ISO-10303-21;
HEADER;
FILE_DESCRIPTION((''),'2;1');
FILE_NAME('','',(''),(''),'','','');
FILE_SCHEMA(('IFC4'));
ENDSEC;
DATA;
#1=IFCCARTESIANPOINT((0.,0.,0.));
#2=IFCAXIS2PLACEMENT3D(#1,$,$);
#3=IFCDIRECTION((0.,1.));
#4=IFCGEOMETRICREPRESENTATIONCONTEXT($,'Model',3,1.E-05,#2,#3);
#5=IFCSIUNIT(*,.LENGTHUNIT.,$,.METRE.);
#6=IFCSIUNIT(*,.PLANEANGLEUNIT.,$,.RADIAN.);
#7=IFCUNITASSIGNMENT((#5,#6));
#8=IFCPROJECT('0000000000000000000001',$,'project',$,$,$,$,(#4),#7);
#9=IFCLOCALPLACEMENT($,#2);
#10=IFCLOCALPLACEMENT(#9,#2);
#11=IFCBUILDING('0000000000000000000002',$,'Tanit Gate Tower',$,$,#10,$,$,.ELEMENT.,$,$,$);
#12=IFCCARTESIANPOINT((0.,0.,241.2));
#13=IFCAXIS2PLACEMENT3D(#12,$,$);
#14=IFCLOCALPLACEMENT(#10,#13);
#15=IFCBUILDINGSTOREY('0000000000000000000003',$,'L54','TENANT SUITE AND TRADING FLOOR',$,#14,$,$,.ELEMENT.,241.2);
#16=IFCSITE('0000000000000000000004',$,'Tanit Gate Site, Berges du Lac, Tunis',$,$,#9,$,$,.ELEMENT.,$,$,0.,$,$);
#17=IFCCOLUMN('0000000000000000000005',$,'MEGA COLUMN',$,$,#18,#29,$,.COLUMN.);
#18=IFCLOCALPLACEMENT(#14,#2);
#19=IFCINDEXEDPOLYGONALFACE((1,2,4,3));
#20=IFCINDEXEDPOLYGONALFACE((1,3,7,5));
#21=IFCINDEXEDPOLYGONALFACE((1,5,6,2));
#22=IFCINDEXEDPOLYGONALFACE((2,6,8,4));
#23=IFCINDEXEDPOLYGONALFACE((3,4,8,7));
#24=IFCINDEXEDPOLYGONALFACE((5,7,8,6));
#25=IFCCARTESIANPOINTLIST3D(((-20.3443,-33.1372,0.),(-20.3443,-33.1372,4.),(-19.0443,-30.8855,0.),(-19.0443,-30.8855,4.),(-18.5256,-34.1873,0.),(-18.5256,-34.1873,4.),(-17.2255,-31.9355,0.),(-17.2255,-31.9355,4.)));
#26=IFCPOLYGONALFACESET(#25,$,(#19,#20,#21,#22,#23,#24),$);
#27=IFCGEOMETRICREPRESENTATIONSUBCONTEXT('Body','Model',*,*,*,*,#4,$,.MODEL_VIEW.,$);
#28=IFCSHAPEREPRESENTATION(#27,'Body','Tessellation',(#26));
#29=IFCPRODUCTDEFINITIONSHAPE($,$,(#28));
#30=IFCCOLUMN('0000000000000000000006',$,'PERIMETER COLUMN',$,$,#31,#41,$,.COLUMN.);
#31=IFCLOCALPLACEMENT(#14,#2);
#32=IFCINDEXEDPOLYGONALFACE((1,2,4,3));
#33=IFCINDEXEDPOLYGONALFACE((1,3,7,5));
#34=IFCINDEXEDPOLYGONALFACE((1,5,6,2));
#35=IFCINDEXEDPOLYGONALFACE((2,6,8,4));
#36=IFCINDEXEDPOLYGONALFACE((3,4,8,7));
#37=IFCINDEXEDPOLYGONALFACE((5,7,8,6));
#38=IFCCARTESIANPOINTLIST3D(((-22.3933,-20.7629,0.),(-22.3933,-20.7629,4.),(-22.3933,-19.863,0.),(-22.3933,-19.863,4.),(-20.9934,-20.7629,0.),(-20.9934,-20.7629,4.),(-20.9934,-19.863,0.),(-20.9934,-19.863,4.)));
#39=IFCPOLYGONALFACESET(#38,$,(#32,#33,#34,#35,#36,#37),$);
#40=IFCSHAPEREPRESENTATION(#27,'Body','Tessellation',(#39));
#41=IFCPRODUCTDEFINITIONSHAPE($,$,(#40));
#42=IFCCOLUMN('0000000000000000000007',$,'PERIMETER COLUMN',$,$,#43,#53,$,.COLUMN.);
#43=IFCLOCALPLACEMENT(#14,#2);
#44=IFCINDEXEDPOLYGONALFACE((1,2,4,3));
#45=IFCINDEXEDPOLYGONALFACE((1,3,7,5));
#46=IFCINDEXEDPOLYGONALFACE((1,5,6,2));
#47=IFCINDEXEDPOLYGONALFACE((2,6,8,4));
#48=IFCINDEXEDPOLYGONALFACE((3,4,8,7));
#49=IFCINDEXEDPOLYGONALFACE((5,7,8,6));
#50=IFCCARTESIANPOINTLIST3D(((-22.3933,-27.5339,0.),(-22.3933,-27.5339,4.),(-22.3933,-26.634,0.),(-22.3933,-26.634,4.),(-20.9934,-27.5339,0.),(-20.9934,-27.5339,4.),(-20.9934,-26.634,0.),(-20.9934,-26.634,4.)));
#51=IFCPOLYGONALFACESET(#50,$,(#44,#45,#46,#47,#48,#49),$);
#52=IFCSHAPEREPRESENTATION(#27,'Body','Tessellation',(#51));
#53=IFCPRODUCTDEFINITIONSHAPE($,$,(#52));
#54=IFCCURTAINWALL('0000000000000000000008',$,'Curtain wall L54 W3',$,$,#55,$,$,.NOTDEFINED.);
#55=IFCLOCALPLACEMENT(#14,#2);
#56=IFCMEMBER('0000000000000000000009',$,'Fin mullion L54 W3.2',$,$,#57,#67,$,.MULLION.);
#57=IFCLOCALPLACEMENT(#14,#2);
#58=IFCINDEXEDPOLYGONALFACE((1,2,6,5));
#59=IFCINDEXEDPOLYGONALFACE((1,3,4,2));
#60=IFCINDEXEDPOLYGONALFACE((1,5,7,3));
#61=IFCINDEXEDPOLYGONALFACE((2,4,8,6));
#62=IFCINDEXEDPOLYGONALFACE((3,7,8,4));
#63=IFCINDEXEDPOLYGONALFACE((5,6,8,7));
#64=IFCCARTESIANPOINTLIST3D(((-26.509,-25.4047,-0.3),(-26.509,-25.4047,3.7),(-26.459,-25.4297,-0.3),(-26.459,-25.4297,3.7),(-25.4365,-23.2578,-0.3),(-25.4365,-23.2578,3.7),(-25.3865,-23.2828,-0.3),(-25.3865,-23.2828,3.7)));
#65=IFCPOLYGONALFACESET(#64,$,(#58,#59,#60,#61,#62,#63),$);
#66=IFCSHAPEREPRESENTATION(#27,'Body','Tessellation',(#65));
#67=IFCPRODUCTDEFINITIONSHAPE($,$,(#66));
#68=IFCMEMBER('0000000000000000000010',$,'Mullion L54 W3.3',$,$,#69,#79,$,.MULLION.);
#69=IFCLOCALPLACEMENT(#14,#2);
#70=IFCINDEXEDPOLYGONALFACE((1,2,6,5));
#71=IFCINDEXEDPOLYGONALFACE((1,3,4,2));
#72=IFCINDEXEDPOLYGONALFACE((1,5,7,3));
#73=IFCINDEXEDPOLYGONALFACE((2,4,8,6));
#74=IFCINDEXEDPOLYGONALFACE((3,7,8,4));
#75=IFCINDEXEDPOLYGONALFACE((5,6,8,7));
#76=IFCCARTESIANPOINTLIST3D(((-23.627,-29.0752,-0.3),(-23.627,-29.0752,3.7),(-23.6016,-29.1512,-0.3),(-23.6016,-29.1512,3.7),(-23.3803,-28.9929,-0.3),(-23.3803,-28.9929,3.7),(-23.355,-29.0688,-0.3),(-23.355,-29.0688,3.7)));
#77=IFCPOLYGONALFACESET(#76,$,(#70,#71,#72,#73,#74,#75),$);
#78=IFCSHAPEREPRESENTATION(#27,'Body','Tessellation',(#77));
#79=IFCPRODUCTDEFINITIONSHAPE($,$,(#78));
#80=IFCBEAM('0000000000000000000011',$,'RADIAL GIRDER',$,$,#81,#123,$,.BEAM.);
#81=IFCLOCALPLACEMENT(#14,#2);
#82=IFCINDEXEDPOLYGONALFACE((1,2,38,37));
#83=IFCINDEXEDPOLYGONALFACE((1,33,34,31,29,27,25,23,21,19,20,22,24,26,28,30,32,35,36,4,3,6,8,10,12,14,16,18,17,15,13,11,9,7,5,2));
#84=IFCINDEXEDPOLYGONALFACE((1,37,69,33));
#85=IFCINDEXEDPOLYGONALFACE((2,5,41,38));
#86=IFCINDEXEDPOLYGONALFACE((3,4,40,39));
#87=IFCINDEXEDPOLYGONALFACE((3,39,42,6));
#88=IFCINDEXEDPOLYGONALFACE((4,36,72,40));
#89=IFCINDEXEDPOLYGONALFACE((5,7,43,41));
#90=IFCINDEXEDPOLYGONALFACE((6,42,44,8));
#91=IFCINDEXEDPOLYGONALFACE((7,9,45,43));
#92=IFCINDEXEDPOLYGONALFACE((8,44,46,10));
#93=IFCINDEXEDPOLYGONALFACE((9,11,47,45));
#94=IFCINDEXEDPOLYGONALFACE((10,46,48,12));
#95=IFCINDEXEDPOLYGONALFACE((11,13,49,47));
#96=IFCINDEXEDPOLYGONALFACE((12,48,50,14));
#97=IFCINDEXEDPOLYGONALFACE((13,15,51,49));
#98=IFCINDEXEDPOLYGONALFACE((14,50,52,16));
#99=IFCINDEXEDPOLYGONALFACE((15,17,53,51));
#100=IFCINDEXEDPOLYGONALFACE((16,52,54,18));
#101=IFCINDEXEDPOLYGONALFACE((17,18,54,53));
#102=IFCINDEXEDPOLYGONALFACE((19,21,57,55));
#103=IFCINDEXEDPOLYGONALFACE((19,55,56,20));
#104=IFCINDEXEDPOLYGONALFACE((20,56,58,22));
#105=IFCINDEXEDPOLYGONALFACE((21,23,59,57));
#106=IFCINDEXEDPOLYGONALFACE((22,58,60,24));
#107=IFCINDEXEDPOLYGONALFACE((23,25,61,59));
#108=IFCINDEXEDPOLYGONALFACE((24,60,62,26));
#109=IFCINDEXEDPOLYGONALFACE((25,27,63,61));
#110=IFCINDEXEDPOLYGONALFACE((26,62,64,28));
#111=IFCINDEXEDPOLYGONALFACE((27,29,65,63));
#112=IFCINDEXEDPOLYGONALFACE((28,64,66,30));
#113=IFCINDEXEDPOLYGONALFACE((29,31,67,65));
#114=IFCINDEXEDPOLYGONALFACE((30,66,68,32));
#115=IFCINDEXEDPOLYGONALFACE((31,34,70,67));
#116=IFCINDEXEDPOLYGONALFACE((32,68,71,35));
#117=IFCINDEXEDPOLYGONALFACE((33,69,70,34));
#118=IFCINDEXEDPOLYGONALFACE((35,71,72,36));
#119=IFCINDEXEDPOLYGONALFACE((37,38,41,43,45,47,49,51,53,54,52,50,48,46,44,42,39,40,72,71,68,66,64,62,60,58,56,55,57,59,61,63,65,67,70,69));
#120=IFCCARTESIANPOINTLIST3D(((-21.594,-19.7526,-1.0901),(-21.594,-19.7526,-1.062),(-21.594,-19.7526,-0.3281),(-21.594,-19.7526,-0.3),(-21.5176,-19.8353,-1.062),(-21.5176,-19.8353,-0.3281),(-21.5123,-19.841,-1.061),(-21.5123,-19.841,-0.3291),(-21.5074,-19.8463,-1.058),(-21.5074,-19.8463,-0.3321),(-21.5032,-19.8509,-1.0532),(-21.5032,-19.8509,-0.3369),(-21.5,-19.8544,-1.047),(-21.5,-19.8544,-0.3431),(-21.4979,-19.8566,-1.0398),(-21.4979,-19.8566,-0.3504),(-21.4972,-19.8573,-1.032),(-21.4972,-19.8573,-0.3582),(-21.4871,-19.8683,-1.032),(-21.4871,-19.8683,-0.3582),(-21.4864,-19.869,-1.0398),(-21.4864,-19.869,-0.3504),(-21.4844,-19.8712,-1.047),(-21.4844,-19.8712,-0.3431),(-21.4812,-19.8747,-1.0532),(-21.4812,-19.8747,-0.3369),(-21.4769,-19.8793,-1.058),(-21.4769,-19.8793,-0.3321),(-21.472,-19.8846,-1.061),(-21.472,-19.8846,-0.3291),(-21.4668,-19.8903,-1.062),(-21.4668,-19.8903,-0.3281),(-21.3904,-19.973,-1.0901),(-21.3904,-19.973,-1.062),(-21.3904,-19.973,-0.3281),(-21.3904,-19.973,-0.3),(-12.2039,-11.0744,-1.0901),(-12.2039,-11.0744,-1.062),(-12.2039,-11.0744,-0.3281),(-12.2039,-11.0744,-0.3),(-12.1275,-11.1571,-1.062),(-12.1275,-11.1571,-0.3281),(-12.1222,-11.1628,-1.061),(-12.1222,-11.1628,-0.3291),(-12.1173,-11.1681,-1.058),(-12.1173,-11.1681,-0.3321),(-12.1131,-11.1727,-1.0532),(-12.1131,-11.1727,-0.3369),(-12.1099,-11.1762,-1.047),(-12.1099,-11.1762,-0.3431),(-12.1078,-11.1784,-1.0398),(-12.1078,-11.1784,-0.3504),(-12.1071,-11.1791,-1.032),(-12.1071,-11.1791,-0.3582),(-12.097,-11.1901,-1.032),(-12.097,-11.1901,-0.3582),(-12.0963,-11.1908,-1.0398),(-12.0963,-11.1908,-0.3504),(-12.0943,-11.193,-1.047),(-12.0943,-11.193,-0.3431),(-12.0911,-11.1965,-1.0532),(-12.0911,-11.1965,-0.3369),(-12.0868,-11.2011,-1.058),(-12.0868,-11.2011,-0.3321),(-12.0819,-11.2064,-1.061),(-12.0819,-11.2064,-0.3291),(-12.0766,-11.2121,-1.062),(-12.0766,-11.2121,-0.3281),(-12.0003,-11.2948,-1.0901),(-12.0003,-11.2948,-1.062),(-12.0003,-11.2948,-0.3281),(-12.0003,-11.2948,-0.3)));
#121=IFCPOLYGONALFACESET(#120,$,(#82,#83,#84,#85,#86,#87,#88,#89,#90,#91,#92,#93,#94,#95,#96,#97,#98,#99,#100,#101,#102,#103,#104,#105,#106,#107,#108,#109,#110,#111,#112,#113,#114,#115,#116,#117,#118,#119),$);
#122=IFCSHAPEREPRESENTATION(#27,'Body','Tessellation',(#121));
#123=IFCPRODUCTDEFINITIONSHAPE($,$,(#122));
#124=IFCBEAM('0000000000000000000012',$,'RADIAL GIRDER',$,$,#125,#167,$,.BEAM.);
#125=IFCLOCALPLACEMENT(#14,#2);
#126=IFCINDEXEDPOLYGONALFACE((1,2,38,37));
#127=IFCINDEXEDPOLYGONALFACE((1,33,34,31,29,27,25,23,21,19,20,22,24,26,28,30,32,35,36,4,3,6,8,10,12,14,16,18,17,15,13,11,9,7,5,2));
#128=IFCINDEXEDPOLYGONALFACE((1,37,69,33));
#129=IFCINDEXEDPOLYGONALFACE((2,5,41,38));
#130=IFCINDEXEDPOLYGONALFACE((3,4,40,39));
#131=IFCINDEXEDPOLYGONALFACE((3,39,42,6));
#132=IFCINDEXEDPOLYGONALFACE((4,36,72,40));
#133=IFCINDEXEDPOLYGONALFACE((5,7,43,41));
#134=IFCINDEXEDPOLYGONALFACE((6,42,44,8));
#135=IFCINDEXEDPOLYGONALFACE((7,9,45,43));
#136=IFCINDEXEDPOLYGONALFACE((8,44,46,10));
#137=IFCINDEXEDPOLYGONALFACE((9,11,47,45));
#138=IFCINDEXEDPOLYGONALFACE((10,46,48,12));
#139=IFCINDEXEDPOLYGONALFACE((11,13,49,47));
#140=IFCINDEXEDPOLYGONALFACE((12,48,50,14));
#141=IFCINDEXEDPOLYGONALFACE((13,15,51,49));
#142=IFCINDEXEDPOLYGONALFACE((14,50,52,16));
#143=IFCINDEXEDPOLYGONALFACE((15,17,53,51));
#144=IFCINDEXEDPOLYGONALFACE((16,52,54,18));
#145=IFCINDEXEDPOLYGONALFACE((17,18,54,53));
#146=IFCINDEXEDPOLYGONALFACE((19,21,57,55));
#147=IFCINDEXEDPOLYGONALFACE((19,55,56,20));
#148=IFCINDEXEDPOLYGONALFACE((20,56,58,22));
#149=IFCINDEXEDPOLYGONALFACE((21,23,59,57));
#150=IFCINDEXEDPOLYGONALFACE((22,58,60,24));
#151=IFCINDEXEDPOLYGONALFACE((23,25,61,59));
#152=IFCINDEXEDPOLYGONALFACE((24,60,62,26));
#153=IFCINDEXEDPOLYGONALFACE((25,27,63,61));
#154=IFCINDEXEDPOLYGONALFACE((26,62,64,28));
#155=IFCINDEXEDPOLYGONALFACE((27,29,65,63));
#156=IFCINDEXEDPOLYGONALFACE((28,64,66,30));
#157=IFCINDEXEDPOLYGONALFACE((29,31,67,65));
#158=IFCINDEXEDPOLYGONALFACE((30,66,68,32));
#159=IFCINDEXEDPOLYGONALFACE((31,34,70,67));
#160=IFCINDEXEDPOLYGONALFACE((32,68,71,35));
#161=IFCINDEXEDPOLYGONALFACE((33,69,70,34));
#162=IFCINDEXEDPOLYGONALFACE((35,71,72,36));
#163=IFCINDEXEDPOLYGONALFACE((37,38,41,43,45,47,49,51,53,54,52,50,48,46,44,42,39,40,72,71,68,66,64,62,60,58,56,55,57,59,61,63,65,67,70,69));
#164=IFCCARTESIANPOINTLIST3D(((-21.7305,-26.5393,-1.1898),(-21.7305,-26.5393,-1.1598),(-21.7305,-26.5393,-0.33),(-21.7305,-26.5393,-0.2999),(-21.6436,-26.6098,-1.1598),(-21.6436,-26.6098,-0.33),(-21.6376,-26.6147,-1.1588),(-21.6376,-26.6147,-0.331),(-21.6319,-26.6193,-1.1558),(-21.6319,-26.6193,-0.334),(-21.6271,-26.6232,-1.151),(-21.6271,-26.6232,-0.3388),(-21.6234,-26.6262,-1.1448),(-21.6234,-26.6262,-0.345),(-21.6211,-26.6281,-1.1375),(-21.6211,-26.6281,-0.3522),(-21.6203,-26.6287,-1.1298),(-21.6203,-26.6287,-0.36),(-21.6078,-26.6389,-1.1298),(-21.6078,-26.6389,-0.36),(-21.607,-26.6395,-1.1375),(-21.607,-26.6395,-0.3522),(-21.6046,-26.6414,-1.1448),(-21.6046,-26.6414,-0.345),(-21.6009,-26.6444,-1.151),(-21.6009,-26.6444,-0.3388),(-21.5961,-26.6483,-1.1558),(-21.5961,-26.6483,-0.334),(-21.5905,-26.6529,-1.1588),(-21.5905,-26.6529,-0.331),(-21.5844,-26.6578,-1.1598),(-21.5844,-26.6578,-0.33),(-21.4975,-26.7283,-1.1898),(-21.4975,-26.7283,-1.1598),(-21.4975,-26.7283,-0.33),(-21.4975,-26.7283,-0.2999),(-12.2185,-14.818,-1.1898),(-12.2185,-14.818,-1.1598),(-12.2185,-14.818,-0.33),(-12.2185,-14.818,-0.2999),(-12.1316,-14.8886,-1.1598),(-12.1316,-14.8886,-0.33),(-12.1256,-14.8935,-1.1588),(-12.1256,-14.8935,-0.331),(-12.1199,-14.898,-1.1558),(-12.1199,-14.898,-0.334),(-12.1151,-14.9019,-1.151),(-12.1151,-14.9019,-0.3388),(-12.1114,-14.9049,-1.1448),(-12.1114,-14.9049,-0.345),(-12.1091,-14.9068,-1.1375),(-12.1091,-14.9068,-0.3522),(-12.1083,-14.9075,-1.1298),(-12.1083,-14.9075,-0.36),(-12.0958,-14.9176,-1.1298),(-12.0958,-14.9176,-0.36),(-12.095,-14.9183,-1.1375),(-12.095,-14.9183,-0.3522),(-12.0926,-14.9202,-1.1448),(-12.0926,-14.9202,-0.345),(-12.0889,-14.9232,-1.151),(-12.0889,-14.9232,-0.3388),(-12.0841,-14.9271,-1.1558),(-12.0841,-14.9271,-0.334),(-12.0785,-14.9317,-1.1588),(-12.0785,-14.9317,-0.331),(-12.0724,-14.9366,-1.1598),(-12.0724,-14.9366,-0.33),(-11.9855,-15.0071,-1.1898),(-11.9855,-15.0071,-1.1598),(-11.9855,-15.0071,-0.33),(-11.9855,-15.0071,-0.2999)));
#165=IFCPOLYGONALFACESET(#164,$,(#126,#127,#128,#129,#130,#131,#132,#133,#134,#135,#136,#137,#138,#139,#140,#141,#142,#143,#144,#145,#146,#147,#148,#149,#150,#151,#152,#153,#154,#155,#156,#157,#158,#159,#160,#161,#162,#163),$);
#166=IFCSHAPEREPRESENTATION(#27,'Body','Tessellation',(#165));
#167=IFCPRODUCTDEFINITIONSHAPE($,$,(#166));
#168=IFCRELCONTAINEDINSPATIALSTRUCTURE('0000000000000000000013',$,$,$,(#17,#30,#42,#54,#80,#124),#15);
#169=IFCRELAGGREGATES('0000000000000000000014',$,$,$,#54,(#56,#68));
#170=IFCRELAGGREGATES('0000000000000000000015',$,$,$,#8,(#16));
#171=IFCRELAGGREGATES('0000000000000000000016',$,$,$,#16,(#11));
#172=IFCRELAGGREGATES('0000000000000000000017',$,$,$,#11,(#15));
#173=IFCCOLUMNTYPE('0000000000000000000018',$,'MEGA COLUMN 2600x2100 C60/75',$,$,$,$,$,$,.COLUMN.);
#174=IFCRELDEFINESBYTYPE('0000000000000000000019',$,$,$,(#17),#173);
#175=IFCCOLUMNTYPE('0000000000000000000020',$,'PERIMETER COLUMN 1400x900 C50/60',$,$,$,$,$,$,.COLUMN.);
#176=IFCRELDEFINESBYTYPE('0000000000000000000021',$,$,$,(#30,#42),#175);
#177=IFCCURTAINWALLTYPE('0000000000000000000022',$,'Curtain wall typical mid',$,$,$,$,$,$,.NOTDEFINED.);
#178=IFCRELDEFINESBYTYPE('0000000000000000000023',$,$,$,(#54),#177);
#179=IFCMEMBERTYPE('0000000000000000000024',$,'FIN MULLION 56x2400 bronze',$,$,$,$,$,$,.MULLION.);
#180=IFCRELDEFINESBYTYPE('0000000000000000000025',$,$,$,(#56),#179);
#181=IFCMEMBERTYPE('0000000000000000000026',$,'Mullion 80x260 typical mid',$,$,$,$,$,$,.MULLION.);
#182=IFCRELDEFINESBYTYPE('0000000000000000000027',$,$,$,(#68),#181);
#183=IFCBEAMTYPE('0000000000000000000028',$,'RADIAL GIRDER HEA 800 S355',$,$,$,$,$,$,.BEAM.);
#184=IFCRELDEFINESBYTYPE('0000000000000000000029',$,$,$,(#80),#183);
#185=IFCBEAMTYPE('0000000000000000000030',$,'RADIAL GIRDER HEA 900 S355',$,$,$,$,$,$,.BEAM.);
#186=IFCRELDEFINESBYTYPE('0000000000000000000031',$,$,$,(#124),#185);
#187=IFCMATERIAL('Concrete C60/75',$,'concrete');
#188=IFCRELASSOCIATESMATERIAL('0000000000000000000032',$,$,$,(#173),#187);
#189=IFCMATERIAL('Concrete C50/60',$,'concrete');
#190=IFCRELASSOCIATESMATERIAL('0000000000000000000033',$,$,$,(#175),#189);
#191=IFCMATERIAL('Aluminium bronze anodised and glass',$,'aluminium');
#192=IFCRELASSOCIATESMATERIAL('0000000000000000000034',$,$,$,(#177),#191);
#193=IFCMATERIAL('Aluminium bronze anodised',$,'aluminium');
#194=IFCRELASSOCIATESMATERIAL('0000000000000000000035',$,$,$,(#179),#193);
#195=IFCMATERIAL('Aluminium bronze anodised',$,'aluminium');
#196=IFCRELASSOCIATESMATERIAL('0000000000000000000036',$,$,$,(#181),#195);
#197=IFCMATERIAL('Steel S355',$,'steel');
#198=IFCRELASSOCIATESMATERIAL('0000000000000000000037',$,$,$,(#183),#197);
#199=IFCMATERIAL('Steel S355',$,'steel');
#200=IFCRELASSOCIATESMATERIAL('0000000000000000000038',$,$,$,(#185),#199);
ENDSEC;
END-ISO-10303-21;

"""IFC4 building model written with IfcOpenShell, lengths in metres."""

from ifc_helpers import new_model, si_unit, direction, frame, origin, origin_2d, place, context, subcontext, project, spatial, rectangle, i_section, extrude, material, material_profile, profile_set, type_object, element, aggregate, save


model = new_model("IFC4")

# Units and contexts
model_context = context("Model", 3, precision=1e-05, world=origin(), true_north=direction((0.0, 1.0)))
body_context = subcontext(model_context, "Body", "Model", "MODEL_VIEW")
ifc_project = project(units=[si_unit("LENGTHUNIT", "METRE"), si_unit("PLANEANGLEUNIT", "RADIAN")], contexts=[model_context])

# Site, building, storey
site_placement = place(None, origin())
site = spatial("IfcSite", under=ifc_project, at=site_placement, Name="Tanit Gate Site, Berges du Lac, Tunis", CompositionType="ELEMENT", RefElevation=0.0)
building_placement = place(site_placement, origin())
building = spatial("IfcBuilding", under=site, at=building_placement, Name="Tanit Gate Tower", CompositionType="ELEMENT")
storey_placement = place(building_placement, frame((0.0, 0.0, 241.2)))
storey = spatial("IfcBuildingStorey", under=building, at=storey_placement, Name="L54", Description="TENANT SUITE AND TRADING FLOOR", CompositionType="ELEMENT", Elevation=241.2)

# Columns
ifc_material_1 = material(Name="Concrete C60/75", Category="concrete")
ifc_material_profile_1 = material_profile(ifc_material_1, rectangle(XDim=2.6001, YDim=2.1001, at=origin_2d()), Name="RC 2600x2100")
ifc_profile_set_1 = profile_set([ifc_material_profile_1], Name="Concrete C60/75")
column_type_1 = type_object("IfcColumnType", Name="MEGA COLUMN 2600x2100 C60/75", PredefinedType="COLUMN", material=ifc_profile_set_1)
column_placement = place(storey_placement, frame((-18.7849, -32.5364, 0.0), z_axis=(0.0, 0.0, 1.0), x_axis=(-0.5, -0.866025, 0.0)))
element("IfcColumn", 1, at=column_placement, inside=storey, type_object=column_type_1, Name="MEGA COLUMN", PredefinedType="COLUMN", context=body_context, shape_type="SweptSolid", body=[
    extrude(rectangle(XDim=2.6001, YDim=2.1001, at=origin_2d()), origin(), (0.0, 0.0, 1.0), 4.0),
])
ifc_material_2 = material(Name="Concrete C50/60", Category="concrete")
ifc_material_profile_2 = material_profile(ifc_material_2, rectangle(XDim=1.3999, YDim=0.8999, at=origin_2d()), Name="RC 1400x900")
ifc_profile_set_2 = profile_set([ifc_material_profile_2], Name="Concrete C50/60")
column_type_2 = type_object("IfcColumnType", Name="PERIMETER COLUMN 1400x900 C50/60", PredefinedType="COLUMN", material=ifc_profile_set_2)
for number, where, z_axis, x_axis, name in (
    (2, (-21.6934, -20.313, 0.0), (0.0, 0.0, 1.0), (-1.0, 0.0, 0.0), "PERIMETER COLUMN"),
    (3, (-21.6934, -27.084, 0.0), (0.0, 0.0, 1.0), (-1.0, 0.0, 0.0), "PERIMETER COLUMN"),
):
    element("IfcColumn", number, at=place(storey_placement, frame(where, z_axis=z_axis, x_axis=x_axis)), inside=storey, type_object=column_type_2, Name=name, PredefinedType="COLUMN", context=body_context, shape_type="SweptSolid", body=[
        extrude(rectangle(XDim=1.3999, YDim=0.8999, at=origin_2d()), origin(), (0.0, 0.0, 1.0), 4.0),
    ])

# Curtain wall, members
ifc_material_3 = material(Name="Aluminium bronze anodised and glass", Category="aluminium")
curtain_wall_type = type_object("IfcCurtainWallType", Name="Curtain wall typical mid", PredefinedType="NOTDEFINED", material=ifc_material_3)
curtain_wall_placement = place(storey_placement, origin())
curtain_wall = element("IfcCurtainWall", 4, at=curtain_wall_placement, inside=storey, type_object=curtain_wall_type, Name="Curtain wall L54 W3", PredefinedType="NOTDEFINED")
ifc_material_4 = material(Name="Aluminium bronze anodised", Category="aluminium")
ifc_material_profile_3 = material_profile(ifc_material_4, rectangle(XDim=2.3999, YDim=0.0559, at=origin_2d()), Name="56x2400 bronze fin mullion")
ifc_profile_set_3 = profile_set([ifc_material_profile_3], Name="Aluminium bronze anodised")
member_type_1 = type_object("IfcMemberType", Name="FIN MULLION 56x2400 bronze", PredefinedType="MULLION", material=ifc_profile_set_3)
member_1_placement = place(storey_placement, frame((-25.9478, -24.3438, -0.3), z_axis=(0.0, 0.0, 1.0), x_axis=(0.446865, 0.894602, 0.0)))
member_1 = element("IfcMember", 5, at=member_1_placement, type_object=member_type_1, Name="Fin mullion L54 W3.2", PredefinedType="MULLION", context=body_context, shape_type="SweptSolid", body=[
    extrude(rectangle(XDim=2.3999, YDim=0.0559, at=origin_2d()), origin(), (0.0, 0.0, 1.0), 4.0),
])
ifc_material_5 = material(Name="Aluminium bronze anodised", Category="aluminium")
ifc_material_profile_4 = material_profile(ifc_material_5, rectangle(XDim=0.26, YDim=0.0801, at=origin_2d()), Name="80x260 bronze mullion")
ifc_profile_set_4 = profile_set([ifc_material_profile_4], Name="Aluminium bronze anodised")
member_type_2 = type_object("IfcMemberType", Name="Mullion 80x260 typical mid", PredefinedType="MULLION", material=ifc_profile_set_4)
member_2_placement = place(storey_placement, frame((-23.491, -29.072, -0.3), z_axis=(0.0, 0.0, 1.0), x_axis=(0.94856, 0.316598, 0.0)))
member_2 = element("IfcMember", 6, at=member_2_placement, type_object=member_type_2, Name="Mullion L54 W3.3", PredefinedType="MULLION", context=body_context, shape_type="SweptSolid", body=[
    extrude(rectangle(XDim=0.26, YDim=0.0801, at=origin_2d()), origin(), (0.0, 0.0, 1.0), 4.0),
])

# Beams
ifc_material_6 = material(Name="Steel S355", Category="steel")
ifc_material_profile_5 = material_profile(ifc_material_6, i_section(OverallWidth=0.3, OverallDepth=0.79, WebThickness=0.0149, FlangeThickness=0.0281, FilletRadius=0.03, at=origin_2d()), Name="HEA 800")
ifc_profile_set_5 = profile_set([ifc_material_profile_5], Name="Steel S355")
beam_type_1 = type_object("IfcBeamType", Name="RADIAL GIRDER HEA 800 S355", PredefinedType="BEAM", material=ifc_profile_set_5)
beam_1_placement = place(storey_placement, frame((-21.4922, -19.8628, -0.6951), z_axis=(0.734398, 0.678719, 0.0), x_axis=(-0.678719, 0.734398, 0.0)))
element("IfcBeam", 7, at=beam_1_placement, inside=storey, type_object=beam_type_1, Name="RADIAL GIRDER", PredefinedType="BEAM", context=body_context, shape_type="SweptSolid", body=[
    extrude(i_section(OverallWidth=0.3, OverallDepth=0.79, WebThickness=0.0149, FlangeThickness=0.0281, FilletRadius=0.03, at=origin_2d()), origin(), (0.0, 0.0, 1.0), 12.7861),
])
ifc_material_7 = material(Name="Steel S355", Category="steel")
ifc_material_profile_6 = material_profile(ifc_material_7, i_section(OverallWidth=0.3, OverallDepth=0.8899, WebThickness=0.0161, FlangeThickness=0.03, FilletRadius=0.03, at=origin_2d()), Name="HEA 900")
ifc_profile_set_6 = profile_set([ifc_material_profile_6], Name="Steel S355")
beam_type_2 = type_object("IfcBeamType", Name="RADIAL GIRDER HEA 900 S355", PredefinedType="BEAM", material=ifc_profile_set_6)
beam_2_placement = place(storey_placement, frame((-21.614, -26.6338, -0.7449), z_axis=(0.630133, 0.776487, 0.0), x_axis=(-0.776487, 0.630133, 0.0)))
element("IfcBeam", 8, at=beam_2_placement, inside=storey, type_object=beam_type_2, Name="RADIAL GIRDER", PredefinedType="BEAM", context=body_context, shape_type="SweptSolid", body=[
    extrude(i_section(OverallWidth=0.3, OverallDepth=0.8899, WebThickness=0.0161, FlangeThickness=0.03, FilletRadius=0.03, at=origin_2d()), origin(), (0.0, 0.0, 1.0), 15.0952),
])

aggregate(curtain_wall, [member_1, member_2])

save(model, "model.ifc")
